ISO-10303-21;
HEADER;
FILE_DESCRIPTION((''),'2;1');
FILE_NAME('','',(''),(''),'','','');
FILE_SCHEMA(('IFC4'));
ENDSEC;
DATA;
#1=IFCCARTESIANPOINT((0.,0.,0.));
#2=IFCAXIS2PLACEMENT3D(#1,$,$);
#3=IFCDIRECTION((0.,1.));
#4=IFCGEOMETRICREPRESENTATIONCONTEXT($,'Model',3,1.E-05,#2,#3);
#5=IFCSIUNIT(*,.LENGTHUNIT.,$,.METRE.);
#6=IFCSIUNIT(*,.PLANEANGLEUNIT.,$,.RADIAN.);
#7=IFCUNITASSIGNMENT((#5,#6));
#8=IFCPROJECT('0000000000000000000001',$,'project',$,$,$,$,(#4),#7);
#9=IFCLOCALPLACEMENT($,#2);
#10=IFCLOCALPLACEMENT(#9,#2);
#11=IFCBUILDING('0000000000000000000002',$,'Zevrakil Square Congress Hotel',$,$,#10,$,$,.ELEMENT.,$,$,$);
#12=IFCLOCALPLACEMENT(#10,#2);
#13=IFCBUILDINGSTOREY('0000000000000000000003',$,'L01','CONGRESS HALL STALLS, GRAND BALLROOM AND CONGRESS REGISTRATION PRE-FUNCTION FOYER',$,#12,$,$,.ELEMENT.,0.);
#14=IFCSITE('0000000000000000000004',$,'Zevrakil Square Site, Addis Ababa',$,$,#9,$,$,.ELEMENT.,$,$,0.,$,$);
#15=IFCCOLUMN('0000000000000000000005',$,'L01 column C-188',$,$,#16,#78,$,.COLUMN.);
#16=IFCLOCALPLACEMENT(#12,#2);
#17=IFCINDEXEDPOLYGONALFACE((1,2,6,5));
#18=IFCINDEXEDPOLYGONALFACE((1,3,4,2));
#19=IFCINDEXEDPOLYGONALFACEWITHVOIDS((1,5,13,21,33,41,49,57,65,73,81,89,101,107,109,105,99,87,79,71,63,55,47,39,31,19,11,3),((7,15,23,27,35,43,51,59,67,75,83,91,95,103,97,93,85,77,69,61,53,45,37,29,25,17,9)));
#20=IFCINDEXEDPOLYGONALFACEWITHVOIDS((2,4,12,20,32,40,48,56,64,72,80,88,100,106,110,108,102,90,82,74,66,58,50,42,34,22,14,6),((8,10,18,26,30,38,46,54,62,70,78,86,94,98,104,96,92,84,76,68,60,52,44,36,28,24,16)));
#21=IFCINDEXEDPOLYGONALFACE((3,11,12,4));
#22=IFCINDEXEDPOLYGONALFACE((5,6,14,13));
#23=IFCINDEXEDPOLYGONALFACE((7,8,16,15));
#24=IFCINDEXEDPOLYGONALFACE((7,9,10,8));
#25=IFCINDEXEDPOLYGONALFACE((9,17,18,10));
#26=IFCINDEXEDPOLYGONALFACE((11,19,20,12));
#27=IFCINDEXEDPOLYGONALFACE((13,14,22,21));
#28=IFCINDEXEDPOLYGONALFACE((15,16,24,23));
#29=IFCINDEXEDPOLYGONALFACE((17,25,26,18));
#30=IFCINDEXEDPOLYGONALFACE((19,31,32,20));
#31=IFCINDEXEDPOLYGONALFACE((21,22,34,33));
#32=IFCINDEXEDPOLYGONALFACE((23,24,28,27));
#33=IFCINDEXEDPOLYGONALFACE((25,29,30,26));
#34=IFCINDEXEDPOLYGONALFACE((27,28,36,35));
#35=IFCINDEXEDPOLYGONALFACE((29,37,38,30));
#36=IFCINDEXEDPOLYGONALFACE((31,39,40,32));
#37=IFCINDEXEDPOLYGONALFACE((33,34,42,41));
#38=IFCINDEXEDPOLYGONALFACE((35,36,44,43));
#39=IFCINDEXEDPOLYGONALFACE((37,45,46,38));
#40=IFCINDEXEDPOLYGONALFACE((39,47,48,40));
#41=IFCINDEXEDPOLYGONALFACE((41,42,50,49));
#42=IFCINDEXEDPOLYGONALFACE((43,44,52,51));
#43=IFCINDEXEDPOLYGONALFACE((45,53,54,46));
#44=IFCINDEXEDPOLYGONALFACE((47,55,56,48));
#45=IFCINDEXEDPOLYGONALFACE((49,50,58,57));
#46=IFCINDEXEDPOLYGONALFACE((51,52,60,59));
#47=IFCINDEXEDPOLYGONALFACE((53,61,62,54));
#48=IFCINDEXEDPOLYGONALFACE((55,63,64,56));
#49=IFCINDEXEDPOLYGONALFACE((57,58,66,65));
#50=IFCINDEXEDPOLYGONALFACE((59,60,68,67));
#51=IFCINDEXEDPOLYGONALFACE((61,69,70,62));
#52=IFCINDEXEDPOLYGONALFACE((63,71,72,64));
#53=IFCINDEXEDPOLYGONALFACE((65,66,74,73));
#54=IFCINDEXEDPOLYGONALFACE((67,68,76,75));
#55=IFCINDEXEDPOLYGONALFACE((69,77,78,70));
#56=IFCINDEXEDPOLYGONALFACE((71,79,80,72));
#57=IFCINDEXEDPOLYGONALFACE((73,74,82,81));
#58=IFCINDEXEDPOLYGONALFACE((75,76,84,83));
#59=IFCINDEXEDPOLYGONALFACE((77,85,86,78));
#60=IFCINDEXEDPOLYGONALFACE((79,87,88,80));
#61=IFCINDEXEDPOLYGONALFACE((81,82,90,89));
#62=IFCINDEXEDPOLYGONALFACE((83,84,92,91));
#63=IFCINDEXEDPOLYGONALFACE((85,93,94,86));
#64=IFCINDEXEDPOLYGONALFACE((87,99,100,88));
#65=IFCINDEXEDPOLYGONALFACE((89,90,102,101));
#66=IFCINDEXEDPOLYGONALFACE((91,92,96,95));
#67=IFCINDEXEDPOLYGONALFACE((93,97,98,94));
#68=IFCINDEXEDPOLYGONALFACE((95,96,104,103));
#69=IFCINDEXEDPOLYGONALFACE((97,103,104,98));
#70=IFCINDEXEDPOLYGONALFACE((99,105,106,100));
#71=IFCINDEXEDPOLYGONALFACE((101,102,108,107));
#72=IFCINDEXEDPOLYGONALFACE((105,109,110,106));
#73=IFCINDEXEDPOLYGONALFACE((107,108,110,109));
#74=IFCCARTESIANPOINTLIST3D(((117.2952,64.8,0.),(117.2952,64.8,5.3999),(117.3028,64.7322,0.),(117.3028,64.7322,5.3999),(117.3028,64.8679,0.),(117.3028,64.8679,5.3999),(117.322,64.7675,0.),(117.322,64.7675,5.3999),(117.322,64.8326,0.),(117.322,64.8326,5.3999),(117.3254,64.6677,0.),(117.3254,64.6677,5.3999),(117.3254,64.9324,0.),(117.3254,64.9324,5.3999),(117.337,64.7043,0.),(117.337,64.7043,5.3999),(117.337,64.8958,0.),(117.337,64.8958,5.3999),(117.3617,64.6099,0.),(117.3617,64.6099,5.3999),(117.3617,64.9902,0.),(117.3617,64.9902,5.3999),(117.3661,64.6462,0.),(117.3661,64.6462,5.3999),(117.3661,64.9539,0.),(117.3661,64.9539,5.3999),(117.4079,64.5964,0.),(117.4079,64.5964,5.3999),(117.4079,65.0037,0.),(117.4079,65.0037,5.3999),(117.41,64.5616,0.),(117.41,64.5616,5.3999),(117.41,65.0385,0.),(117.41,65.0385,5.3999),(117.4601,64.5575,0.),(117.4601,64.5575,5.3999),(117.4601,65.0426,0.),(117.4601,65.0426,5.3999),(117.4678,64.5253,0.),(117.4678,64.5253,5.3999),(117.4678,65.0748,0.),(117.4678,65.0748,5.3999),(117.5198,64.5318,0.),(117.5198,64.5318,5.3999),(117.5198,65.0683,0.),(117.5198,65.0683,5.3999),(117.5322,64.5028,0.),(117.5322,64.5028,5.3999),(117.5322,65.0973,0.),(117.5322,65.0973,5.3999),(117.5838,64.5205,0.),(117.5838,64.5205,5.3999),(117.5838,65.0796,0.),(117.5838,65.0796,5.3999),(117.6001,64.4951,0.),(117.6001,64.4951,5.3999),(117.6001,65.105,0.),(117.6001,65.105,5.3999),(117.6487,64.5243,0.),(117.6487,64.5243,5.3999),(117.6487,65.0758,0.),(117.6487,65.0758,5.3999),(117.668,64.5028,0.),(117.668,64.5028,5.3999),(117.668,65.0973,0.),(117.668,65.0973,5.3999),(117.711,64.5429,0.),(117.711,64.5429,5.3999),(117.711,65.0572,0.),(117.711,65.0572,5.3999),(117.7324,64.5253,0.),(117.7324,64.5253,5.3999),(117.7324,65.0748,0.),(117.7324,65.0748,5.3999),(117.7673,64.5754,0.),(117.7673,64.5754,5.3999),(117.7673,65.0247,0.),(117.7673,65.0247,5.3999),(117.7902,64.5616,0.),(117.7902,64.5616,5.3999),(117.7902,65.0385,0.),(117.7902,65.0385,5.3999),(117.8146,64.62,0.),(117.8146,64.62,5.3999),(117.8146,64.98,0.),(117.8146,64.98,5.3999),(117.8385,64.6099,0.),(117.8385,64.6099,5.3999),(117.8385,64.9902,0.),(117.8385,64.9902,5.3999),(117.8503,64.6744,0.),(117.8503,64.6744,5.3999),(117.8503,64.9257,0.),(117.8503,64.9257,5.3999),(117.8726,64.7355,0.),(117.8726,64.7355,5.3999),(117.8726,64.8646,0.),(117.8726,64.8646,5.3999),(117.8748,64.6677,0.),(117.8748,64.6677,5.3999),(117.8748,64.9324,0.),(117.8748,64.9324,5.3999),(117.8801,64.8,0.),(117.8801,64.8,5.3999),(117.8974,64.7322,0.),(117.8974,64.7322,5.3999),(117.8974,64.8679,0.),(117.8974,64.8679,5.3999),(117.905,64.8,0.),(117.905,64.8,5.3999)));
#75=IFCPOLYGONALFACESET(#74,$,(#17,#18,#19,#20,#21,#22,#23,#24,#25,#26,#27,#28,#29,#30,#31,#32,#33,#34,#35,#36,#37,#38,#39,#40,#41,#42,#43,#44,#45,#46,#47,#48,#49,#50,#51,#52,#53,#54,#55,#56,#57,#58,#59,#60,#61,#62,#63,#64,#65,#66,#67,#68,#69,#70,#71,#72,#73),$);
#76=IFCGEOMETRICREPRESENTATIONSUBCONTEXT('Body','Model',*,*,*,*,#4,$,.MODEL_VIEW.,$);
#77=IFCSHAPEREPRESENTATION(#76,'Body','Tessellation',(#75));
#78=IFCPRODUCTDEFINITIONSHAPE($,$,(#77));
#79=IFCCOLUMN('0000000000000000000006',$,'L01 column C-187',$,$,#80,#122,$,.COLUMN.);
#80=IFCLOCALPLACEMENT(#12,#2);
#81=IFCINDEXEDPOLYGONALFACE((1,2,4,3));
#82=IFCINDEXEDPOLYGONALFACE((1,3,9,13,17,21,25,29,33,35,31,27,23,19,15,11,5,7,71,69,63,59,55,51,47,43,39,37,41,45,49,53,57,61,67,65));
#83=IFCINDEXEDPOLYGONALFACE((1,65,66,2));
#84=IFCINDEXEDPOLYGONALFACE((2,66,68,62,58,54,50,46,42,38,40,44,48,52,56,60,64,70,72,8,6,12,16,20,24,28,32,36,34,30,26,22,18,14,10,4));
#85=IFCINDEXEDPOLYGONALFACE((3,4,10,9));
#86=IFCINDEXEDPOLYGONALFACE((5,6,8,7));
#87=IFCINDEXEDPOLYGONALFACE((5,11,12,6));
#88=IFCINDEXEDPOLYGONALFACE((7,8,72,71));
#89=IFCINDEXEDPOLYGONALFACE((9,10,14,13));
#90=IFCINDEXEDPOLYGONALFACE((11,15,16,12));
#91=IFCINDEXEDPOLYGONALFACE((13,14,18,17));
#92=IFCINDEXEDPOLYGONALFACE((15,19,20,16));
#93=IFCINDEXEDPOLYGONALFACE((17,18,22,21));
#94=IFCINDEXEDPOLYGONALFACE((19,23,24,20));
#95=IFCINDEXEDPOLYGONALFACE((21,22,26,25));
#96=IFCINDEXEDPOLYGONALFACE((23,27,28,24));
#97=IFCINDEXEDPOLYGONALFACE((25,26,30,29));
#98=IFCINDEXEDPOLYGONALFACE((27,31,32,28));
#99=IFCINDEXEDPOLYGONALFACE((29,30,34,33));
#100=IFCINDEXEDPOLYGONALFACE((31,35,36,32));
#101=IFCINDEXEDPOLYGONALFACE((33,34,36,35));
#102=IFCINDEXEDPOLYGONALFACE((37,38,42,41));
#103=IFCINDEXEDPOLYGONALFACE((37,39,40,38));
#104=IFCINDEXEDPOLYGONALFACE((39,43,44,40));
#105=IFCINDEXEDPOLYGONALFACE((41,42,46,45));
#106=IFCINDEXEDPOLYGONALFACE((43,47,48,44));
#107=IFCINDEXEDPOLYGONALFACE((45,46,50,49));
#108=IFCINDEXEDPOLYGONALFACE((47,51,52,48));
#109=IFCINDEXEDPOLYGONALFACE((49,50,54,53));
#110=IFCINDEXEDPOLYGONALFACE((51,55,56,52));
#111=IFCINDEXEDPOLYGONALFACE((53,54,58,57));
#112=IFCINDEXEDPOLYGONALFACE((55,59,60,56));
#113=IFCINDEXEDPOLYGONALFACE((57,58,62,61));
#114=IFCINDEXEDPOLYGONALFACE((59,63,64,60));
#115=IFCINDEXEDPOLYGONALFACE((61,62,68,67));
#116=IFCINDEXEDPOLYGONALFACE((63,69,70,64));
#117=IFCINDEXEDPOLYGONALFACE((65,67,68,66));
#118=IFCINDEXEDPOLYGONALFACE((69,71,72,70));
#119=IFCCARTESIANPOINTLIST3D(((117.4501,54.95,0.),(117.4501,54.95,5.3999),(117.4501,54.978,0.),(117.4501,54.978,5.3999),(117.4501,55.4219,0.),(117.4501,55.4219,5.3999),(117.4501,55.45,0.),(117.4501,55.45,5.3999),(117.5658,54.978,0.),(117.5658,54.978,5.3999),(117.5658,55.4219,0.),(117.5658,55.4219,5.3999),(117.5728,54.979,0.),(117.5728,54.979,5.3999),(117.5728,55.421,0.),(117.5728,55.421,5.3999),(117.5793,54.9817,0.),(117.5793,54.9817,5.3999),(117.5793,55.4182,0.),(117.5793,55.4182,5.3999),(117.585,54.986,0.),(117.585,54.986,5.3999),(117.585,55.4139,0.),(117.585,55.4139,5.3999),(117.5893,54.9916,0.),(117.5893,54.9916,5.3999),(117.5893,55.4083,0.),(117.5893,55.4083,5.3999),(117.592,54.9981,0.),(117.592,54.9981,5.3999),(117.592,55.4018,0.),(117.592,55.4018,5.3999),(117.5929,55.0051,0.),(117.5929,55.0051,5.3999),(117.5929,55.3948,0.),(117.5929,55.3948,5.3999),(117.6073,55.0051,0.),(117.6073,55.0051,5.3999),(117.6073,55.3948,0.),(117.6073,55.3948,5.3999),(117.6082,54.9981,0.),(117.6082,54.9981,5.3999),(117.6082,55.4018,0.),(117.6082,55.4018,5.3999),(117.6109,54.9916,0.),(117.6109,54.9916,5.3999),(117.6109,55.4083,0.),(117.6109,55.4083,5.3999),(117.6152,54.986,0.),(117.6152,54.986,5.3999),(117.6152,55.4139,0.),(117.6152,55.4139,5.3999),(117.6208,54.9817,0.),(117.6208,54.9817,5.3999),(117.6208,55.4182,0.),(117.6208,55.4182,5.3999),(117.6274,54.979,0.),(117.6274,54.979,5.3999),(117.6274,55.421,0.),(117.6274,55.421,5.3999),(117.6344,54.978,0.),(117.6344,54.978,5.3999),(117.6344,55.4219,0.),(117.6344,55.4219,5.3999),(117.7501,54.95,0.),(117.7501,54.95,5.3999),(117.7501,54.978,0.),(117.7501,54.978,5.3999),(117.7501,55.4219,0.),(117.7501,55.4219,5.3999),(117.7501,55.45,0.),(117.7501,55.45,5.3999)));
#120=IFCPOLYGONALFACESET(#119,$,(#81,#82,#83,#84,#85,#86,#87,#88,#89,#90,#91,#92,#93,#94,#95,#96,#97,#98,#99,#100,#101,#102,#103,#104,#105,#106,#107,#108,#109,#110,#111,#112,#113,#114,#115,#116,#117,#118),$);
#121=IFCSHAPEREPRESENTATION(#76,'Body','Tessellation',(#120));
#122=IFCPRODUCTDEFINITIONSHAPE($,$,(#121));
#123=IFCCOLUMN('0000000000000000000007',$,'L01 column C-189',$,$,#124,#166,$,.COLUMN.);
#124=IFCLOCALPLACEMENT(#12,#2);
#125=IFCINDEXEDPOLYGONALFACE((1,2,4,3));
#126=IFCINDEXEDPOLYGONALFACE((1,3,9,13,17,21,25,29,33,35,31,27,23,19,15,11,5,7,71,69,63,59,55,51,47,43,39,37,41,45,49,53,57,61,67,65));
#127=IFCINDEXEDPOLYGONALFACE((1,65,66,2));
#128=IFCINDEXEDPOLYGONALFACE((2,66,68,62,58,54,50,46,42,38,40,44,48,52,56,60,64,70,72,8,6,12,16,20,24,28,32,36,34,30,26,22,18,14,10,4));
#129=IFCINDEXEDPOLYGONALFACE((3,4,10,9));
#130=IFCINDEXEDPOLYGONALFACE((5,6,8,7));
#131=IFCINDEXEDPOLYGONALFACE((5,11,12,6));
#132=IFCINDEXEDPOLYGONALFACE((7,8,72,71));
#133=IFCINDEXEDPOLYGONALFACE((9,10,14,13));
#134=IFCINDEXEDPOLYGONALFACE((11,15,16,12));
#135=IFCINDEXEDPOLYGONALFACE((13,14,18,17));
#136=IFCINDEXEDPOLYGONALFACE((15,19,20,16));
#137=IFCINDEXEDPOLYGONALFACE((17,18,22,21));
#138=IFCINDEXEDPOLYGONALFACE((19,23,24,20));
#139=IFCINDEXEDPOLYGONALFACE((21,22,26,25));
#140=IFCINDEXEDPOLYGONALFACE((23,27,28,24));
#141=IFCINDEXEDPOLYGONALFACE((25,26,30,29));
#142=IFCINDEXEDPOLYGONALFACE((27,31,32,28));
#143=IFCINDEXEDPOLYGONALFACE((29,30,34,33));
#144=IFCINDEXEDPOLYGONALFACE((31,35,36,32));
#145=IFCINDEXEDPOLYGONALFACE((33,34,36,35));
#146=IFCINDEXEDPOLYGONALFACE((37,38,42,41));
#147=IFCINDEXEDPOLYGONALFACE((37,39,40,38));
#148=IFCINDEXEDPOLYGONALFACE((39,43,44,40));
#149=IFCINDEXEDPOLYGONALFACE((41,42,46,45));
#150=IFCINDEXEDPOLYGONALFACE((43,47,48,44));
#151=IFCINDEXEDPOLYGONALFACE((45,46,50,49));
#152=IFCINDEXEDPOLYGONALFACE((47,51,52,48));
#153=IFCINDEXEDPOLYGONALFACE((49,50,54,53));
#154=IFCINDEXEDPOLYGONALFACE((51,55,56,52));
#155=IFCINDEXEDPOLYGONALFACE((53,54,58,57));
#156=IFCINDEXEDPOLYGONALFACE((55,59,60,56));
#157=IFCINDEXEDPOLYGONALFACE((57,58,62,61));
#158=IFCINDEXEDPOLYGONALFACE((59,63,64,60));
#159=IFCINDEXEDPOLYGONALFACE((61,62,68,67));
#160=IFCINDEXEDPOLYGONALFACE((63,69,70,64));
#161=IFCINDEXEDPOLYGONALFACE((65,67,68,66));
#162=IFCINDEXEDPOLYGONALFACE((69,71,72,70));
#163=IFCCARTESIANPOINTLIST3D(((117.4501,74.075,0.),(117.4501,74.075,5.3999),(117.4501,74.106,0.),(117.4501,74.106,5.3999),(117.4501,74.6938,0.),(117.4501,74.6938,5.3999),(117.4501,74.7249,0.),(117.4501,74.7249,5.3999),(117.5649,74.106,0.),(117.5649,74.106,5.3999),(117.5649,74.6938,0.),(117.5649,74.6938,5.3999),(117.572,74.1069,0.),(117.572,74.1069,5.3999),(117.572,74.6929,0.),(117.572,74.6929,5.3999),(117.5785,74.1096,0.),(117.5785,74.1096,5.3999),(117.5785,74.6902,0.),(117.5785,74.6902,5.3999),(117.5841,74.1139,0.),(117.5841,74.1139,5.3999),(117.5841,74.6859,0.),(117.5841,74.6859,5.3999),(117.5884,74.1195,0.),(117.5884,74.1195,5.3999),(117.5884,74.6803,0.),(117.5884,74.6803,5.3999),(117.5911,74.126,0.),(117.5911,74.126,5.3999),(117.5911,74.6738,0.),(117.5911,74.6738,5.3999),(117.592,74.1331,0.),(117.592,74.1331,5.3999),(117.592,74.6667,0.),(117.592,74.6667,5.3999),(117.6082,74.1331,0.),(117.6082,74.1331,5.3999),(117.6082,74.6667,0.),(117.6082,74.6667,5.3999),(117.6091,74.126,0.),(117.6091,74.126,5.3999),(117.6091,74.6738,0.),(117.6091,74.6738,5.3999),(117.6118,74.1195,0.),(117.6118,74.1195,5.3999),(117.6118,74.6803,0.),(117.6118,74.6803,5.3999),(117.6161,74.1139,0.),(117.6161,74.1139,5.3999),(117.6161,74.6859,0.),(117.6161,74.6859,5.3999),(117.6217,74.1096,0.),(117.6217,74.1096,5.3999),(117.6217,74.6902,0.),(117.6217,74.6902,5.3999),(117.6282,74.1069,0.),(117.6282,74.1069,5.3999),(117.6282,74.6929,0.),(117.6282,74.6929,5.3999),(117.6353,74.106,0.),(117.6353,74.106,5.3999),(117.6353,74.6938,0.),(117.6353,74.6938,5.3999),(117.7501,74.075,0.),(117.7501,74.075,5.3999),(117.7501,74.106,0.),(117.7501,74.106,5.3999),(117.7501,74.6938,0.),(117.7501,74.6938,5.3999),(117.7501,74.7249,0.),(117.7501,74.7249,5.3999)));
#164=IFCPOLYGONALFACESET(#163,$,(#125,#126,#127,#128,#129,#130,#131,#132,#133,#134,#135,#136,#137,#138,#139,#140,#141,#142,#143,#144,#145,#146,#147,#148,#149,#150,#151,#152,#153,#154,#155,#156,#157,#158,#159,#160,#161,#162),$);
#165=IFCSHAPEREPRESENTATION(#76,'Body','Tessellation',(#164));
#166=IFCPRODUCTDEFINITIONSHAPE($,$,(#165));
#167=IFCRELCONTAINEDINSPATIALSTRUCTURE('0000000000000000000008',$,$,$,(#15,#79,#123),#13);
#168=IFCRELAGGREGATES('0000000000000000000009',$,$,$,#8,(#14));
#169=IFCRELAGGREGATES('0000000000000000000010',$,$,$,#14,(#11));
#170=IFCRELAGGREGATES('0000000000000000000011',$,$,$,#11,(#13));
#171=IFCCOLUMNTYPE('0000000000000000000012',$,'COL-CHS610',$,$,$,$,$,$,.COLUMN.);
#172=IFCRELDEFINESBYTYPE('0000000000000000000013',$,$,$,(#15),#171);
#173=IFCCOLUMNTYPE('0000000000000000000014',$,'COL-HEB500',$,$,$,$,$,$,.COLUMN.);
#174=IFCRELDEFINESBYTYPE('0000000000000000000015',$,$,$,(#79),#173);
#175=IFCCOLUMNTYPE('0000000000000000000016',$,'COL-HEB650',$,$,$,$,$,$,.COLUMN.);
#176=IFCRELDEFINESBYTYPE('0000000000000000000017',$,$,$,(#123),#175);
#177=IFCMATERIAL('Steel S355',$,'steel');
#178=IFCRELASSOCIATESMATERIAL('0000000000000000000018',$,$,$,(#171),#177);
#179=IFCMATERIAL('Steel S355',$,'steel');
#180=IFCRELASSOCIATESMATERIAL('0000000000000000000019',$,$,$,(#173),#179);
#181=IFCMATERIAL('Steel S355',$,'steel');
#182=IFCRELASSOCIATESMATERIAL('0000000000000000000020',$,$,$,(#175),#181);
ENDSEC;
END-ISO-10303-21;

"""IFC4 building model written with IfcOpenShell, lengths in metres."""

from ifc_helpers import new_model, si_unit, direction, frame, origin, origin_2d, place, context, subcontext, project, spatial, hollow_circle, i_section, extrude, material, material_profile, profile_set, type_object, element, save


model = new_model("IFC4")

# Units and contexts
model_context = context("Model", 3, precision=1e-05, world=origin(), true_north=direction((0.0, 1.0)))
body_context = subcontext(model_context, "Body", "Model", "MODEL_VIEW")
ifc_project = project(units=[si_unit("LENGTHUNIT", "METRE"), si_unit("PLANEANGLEUNIT", "RADIAN")], contexts=[model_context])

# Site, building, storey
site_placement = place(None, origin())
site = spatial("IfcSite", under=ifc_project, at=site_placement, Name="Zevrakil Square Site, Addis Ababa", CompositionType="ELEMENT", RefElevation=0.0)
building_placement = place(site_placement, origin())
building = spatial("IfcBuilding", under=site, at=building_placement, Name="Zevrakil Square Congress Hotel", CompositionType="ELEMENT")
storey_placement = place(building_placement, origin())
storey = spatial("IfcBuildingStorey", under=building, at=storey_placement, Name="L01", Description="CONGRESS HALL STALLS, GRAND BALLROOM AND CONGRESS REGISTRATION PRE-FUNCTION FOYER", CompositionType="ELEMENT", Elevation=0.0)

# Columns
ifc_material_1 = material(Name="Steel S355", Category="steel")
ifc_material_profile_1 = material_profile(ifc_material_1, hollow_circle(Radius=0.3049, WallThickness=0.0249, at=origin_2d()), Name="CHS 610x25")
ifc_profile_set_1 = profile_set([ifc_material_profile_1], Name="Steel S355")
column_type_1 = type_object("IfcColumnType", Name="COL-CHS610", PredefinedType="COLUMN", material=ifc_profile_set_1)
column_1_placement = place(storey_placement, frame((117.6001, 64.8, 0.0), z_axis=(0.0, 0.0, 1.0), x_axis=(1.0, 0.0, 0.0)))
element("IfcColumn", 1, at=column_1_placement, inside=storey, type_object=column_type_1, Name="L01 column C-188", PredefinedType="COLUMN", context=body_context, shape_type="SweptSolid", body=[
    extrude(hollow_circle(Radius=0.3049, WallThickness=0.0249, at=origin_2d()), origin(), (0.0, 0.0, 1.0), 5.3999),
])
ifc_material_2 = material(Name="Steel S355", Category="steel")
ifc_material_profile_2 = material_profile(ifc_material_2, i_section(OverallWidth=0.3, OverallDepth=0.5, WebThickness=0.0144, FlangeThickness=0.0281, FilletRadius=0.0271, at=origin_2d()), Name="HEB 500")
ifc_profile_set_2 = profile_set([ifc_material_profile_2], Name="Steel S355")
column_type_2 = type_object("IfcColumnType", Name="COL-HEB500", PredefinedType="COLUMN", material=ifc_profile_set_2)
column_2_placement = place(storey_placement, frame((117.6001, 55.2, 0.0), z_axis=(0.0, 0.0, 1.0), x_axis=(1.0, 0.0, 0.0)))
element("IfcColumn", 2, at=column_2_placement, inside=storey, type_object=column_type_2, Name="L01 column C-187", PredefinedType="COLUMN", context=body_context, shape_type="SweptSolid", body=[
    extrude(i_section(OverallWidth=0.3, OverallDepth=0.5, WebThickness=0.0144, FlangeThickness=0.0281, FilletRadius=0.0271, at=origin_2d()), origin(), (0.0, 0.0, 1.0), 5.3999),
])
ifc_material_3 = material(Name="Steel S355", Category="steel")
ifc_material_profile_3 = material_profile(ifc_material_3, i_section(OverallWidth=0.3, OverallDepth=0.6499, WebThickness=0.0161, FlangeThickness=0.031, FilletRadius=0.0271, at=origin_2d()), Name="HEB 650")
ifc_profile_set_3 = profile_set([ifc_material_profile_3], Name="Steel S355")
column_type_3 = type_object("IfcColumnType", Name="COL-HEB650", PredefinedType="COLUMN", material=ifc_profile_set_3)
for number, where, z_axis, x_axis, name in (
    (3, (117.6001, 74.3999, 0.0), (0.0, 0.0, 1.0), (1.0, 0.0, 0.0), "L01 column C-189"),
):
    element("IfcColumn", number, at=place(storey_placement, frame(where, z_axis=z_axis, x_axis=x_axis)), inside=storey, type_object=column_type_3, Name=name, PredefinedType="COLUMN", context=body_context, shape_type="SweptSolid", body=[
        extrude(i_section(OverallWidth=0.3, OverallDepth=0.6499, WebThickness=0.0161, FlangeThickness=0.031, FilletRadius=0.0271, at=origin_2d()), origin(), (0.0, 0.0, 1.0), 5.3999),
    ])

save(model, "model.ifc")
